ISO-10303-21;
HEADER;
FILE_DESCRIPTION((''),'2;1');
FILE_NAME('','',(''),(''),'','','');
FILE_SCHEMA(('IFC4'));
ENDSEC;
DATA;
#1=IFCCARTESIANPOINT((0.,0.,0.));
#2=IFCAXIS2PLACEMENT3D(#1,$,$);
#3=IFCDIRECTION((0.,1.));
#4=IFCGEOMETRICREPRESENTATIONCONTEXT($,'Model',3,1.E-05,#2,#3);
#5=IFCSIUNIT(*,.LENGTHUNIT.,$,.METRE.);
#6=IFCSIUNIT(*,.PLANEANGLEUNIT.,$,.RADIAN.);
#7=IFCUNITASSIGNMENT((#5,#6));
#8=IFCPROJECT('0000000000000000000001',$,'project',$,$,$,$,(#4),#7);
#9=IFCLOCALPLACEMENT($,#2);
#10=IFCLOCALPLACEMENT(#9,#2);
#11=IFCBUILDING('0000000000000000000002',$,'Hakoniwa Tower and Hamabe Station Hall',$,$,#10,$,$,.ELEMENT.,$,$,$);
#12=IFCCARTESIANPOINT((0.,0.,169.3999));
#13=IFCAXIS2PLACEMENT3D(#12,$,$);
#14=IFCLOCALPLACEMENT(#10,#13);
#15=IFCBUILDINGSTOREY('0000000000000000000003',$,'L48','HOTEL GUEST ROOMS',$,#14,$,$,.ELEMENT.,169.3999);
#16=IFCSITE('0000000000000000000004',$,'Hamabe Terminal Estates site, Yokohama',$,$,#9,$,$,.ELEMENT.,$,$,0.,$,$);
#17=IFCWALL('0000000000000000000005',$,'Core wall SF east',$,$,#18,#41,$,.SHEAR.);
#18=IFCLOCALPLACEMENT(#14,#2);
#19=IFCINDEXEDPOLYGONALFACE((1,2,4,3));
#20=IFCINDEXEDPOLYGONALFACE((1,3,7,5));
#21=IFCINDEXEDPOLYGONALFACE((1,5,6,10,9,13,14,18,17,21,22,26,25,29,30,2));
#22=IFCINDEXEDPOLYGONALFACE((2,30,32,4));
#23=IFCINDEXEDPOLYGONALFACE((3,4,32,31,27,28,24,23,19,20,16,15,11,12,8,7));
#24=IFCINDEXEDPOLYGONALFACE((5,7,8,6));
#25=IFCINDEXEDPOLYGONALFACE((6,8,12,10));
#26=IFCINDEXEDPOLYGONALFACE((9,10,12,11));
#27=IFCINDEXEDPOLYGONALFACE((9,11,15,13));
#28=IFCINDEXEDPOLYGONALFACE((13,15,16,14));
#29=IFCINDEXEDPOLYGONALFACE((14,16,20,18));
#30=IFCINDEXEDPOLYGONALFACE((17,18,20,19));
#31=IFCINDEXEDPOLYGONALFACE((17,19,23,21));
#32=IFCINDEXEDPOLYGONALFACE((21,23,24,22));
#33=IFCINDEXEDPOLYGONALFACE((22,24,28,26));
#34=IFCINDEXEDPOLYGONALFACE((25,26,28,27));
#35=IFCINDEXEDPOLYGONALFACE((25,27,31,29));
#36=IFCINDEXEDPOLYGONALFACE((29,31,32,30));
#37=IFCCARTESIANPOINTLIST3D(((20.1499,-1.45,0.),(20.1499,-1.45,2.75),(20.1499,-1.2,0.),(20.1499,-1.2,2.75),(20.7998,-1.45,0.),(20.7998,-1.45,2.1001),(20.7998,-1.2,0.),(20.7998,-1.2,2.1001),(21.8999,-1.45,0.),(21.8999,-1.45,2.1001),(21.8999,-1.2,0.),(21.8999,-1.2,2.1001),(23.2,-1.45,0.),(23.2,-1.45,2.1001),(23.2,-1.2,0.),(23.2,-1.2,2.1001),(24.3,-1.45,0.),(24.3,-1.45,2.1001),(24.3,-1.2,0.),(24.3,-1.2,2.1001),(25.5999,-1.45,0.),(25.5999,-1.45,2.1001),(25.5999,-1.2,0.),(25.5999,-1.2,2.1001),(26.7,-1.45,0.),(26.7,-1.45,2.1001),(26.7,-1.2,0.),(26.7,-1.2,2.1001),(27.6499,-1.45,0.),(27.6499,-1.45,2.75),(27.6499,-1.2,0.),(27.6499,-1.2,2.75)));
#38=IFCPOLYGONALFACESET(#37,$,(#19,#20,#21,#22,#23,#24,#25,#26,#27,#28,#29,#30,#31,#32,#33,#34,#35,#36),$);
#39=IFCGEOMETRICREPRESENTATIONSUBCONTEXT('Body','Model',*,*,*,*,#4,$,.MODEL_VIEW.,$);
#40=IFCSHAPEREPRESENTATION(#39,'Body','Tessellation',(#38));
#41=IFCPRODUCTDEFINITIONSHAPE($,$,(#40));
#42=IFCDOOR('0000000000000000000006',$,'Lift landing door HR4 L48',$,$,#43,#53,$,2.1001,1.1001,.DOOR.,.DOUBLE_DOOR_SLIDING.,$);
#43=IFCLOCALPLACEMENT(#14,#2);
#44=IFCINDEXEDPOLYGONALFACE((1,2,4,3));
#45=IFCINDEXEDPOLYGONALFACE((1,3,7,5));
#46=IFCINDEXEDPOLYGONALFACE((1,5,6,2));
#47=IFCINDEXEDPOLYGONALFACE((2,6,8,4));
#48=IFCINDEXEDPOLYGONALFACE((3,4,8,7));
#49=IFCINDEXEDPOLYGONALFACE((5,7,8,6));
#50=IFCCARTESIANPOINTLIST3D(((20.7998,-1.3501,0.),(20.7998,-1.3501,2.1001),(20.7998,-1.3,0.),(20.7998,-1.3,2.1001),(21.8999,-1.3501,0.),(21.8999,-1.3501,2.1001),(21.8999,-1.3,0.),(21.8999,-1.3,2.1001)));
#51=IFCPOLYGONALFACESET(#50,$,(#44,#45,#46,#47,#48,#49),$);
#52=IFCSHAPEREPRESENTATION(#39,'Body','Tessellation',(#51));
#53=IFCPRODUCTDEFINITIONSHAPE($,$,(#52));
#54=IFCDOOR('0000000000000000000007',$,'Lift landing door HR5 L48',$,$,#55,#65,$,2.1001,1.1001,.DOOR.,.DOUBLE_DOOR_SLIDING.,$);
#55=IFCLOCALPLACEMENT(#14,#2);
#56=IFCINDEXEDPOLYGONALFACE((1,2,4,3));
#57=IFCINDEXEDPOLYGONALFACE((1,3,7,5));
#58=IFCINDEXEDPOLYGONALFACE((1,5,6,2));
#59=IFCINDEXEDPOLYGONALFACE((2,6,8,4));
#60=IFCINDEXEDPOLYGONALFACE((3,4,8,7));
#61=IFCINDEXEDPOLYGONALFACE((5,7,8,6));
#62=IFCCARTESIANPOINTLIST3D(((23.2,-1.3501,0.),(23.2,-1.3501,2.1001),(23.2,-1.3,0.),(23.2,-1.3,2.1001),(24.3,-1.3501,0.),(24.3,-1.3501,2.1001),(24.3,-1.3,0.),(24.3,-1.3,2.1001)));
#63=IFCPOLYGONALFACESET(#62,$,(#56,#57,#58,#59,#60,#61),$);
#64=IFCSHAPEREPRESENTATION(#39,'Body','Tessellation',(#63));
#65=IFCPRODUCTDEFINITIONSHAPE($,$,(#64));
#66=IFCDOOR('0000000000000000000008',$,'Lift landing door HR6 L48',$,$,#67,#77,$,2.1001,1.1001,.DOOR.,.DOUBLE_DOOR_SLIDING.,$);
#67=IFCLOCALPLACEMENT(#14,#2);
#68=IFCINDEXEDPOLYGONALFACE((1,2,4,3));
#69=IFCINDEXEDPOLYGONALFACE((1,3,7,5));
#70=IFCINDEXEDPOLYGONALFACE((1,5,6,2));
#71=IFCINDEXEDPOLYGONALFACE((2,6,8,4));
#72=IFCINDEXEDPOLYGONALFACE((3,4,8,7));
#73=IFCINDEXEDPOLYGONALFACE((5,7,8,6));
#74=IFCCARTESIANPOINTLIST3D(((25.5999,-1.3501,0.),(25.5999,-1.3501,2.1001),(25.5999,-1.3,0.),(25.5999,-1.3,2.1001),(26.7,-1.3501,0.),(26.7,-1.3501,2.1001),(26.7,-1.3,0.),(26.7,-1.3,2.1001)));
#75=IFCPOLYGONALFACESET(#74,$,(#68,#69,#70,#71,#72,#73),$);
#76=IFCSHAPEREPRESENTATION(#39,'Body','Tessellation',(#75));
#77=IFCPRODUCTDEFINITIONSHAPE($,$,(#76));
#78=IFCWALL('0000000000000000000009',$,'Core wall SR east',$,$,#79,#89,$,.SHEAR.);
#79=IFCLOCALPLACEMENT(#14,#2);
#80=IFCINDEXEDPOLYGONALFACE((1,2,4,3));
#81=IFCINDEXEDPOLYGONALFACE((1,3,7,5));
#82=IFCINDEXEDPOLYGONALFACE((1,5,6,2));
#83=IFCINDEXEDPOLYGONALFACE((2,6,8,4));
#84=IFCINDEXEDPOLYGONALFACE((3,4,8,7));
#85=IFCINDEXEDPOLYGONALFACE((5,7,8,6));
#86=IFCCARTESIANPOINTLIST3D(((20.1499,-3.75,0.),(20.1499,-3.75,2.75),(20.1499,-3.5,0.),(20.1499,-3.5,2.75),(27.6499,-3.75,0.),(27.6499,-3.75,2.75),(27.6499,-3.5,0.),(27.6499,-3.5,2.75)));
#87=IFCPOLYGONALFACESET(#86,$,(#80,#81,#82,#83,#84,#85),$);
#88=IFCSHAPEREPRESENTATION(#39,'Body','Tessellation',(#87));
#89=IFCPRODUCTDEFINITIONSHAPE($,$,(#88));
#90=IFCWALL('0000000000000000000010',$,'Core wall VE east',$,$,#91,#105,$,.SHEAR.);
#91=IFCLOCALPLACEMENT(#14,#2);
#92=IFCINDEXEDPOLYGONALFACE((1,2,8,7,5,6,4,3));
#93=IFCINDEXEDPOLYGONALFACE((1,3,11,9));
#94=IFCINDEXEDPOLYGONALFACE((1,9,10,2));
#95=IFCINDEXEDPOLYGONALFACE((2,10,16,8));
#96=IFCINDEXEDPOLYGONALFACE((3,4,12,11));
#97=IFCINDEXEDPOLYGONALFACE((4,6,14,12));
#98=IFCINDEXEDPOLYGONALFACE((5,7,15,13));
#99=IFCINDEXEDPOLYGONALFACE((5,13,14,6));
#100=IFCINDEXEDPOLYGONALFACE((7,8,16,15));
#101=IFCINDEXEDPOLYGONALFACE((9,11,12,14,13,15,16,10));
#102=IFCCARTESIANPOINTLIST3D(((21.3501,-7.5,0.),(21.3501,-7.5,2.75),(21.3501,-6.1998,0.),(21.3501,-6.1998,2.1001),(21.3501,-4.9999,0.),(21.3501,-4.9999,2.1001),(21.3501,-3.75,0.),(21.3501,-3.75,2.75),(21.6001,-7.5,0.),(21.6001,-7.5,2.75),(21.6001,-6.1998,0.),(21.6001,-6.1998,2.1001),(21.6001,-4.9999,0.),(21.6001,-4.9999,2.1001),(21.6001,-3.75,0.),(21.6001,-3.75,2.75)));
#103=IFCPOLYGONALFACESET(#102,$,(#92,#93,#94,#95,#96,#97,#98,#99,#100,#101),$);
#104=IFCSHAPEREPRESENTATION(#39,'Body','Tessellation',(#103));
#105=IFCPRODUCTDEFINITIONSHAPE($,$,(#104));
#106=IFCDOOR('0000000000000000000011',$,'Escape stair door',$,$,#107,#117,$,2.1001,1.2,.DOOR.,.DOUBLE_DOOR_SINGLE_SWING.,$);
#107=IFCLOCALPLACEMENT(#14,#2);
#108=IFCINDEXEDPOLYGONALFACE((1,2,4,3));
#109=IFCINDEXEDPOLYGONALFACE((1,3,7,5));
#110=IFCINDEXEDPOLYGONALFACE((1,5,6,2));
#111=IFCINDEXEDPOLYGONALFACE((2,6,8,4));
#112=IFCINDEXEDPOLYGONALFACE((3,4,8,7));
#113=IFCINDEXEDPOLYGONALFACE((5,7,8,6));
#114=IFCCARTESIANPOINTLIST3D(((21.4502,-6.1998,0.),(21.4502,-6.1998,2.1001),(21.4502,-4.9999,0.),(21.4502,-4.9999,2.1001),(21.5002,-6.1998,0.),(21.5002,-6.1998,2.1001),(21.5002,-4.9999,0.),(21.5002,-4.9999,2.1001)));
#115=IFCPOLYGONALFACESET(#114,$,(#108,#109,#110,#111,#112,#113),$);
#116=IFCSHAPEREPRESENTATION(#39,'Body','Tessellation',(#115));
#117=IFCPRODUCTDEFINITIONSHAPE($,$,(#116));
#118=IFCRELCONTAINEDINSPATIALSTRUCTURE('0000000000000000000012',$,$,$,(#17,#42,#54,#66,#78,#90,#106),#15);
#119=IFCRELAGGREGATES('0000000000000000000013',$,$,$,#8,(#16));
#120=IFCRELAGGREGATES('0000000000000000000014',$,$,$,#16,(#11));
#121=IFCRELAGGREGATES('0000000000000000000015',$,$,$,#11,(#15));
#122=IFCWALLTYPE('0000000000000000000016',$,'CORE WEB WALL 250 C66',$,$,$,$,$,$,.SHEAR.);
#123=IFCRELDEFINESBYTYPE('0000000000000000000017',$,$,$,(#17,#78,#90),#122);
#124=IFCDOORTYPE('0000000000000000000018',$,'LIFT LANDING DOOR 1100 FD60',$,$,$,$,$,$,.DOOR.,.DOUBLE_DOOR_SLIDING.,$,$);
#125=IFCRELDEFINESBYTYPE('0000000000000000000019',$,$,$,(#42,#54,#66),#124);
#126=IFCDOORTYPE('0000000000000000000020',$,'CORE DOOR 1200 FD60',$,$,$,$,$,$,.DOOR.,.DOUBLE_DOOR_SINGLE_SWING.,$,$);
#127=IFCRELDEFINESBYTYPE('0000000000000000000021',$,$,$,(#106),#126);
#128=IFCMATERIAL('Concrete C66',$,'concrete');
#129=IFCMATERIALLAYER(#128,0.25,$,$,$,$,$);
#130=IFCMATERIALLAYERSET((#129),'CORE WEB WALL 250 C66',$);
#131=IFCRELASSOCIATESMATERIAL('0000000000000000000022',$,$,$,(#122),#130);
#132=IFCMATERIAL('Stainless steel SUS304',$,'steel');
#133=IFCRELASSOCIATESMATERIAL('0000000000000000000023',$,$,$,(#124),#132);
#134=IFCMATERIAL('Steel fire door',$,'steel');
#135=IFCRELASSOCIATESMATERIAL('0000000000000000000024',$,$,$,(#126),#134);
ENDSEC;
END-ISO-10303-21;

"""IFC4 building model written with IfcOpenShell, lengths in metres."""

from ifc_helpers import new_model, si_unit, direction, frame, frame_2d, origin, place, context, subcontext, project, spatial, rectangle, extrude, material, layer, layer_set, type_object, element, fill, save


model = new_model("IFC4")

# Units and contexts
model_context = context("Model", 3, precision=1e-05, world=origin(), true_north=direction((0.0, 1.0)))
body_context = subcontext(model_context, "Body", "Model", "MODEL_VIEW")
ifc_project = project(units=[si_unit("LENGTHUNIT", "METRE"), si_unit("PLANEANGLEUNIT", "RADIAN")], contexts=[model_context])

# Site, building, storey
site_placement = place(None, origin())
site = spatial("IfcSite", under=ifc_project, at=site_placement, Name="Hamabe Terminal Estates site, Yokohama", CompositionType="ELEMENT", RefElevation=0.0)
building_placement = place(site_placement, origin())
building = spatial("IfcBuilding", under=site, at=building_placement, Name="Hakoniwa Tower and Hamabe Station Hall", CompositionType="ELEMENT")
storey_placement = place(building_placement, frame((0.0, 0.0, 169.3999)))
storey = spatial("IfcBuildingStorey", under=building, at=storey_placement, Name="L48", Description="HOTEL GUEST ROOMS", CompositionType="ELEMENT", Elevation=169.3999)

# Shared definitions
ifc_material_1 = material(Name="Concrete C66", Category="concrete")
ifc_layer_1 = layer(ifc_material_1, 0.25)
ifc_layer_set_1 = layer_set([ifc_layer_1], Name="CORE WEB WALL 250 C66")
wall_type_1 = type_object("IfcWallType", Name="CORE WEB WALL 250 C66", PredefinedType="SHEAR", material=ifc_layer_set_1)

# Wall, openings, doors
wall_1_placement = place(storey_placement, frame((20.1499, -1.325, 0.0), z_axis=(0.0, 0.0, 1.0), x_axis=(1.0, 0.0, 0.0)))
wall_1 = element("IfcWall", 1, at=wall_1_placement, inside=storey, type_object=wall_type_1, Name="Core wall SF east", PredefinedType="SHEAR", context=body_context, shape_type="SweptSolid", body=[
    extrude(rectangle(XDim=7.5, YDim=0.25, at=frame_2d((3.75, 0.0))), origin(), (0.0, 0.0, 1.0), 2.75),
])
opening_1_placement = place(wall_1_placement, frame((0.6499, 0.0, 0.0)))
opening_1 = element("IfcOpeningElement", 2, at=opening_1_placement, cuts=wall_1, PredefinedType="OPENING", context=body_context, shape_type="SweptSolid", body=[
    extrude(rectangle(XDim=1.1001, YDim=2.1001, at=frame_2d((0.55, 1.05))), frame((0.0, 0.135, 0.0), z_axis=(0.0, -1.0, 0.0), x_axis=(1.0, 0.0, 0.0)), (0.0, 0.0, 1.0), 0.27),
])
opening_2_placement = place(wall_1_placement, frame((3.05, 0.0, 0.0)))
opening_2 = element("IfcOpeningElement", 3, at=opening_2_placement, cuts=wall_1, PredefinedType="OPENING", context=body_context, shape_type="SweptSolid", body=[
    extrude(rectangle(XDim=1.1001, YDim=2.1001, at=frame_2d((0.55, 1.05))), frame((0.0, 0.135, 0.0), z_axis=(0.0, -1.0, 0.0), x_axis=(1.0, 0.0, 0.0)), (0.0, 0.0, 1.0), 0.27),
])
opening_3_placement = place(wall_1_placement, frame((5.45, 0.0, 0.0)))
opening_3 = element("IfcOpeningElement", 4, at=opening_3_placement, cuts=wall_1, PredefinedType="OPENING", context=body_context, shape_type="SweptSolid", body=[
    extrude(rectangle(XDim=1.1001, YDim=2.1001, at=frame_2d((0.55, 1.05))), frame((0.0, 0.135, 0.0), z_axis=(0.0, -1.0, 0.0), x_axis=(1.0, 0.0, 0.0)), (0.0, 0.0, 1.0), 0.27),
])
ifc_material_2 = material(Name="Stainless steel SUS304", Category="steel")
door_type_1 = type_object("IfcDoorType", Name="LIFT LANDING DOOR 1100 FD60", OperationType="DOUBLE_DOOR_SLIDING", PredefinedType="DOOR", material=ifc_material_2)
door_1_placement = place(opening_1_placement, origin())
door_1 = element("IfcDoor", 5, at=door_1_placement, inside=storey, type_object=door_type_1, Name="Lift landing door HR4 L48", OperationType="DOUBLE_DOOR_SLIDING", OverallHeight=2.1001, OverallWidth=1.1001, PredefinedType="DOOR", context=body_context, shape_type="SweptSolid", body=[
    extrude(rectangle(XDim=1.1001, YDim=2.1001, at=frame_2d((0.55, 1.05))), frame((0.0, 0.0249, 0.0), z_axis=(0.0, -1.0, 0.0), x_axis=(1.0, 0.0, 0.0)), (0.0, 0.0, 1.0), 0.05),
])
fill(opening_1, door_1)
door_2_placement = place(opening_2_placement, origin())
door_2 = element("IfcDoor", 6, at=door_2_placement, inside=storey, type_object=door_type_1, Name="Lift landing door HR5 L48", OperationType="DOUBLE_DOOR_SLIDING", OverallHeight=2.1001, OverallWidth=1.1001, PredefinedType="DOOR", context=body_context, shape_type="SweptSolid", body=[
    extrude(rectangle(XDim=1.1001, YDim=2.1001, at=frame_2d((0.55, 1.05))), frame((0.0, 0.0249, 0.0), z_axis=(0.0, -1.0, 0.0), x_axis=(1.0, 0.0, 0.0)), (0.0, 0.0, 1.0), 0.05),
])
fill(opening_2, door_2)
door_3_placement = place(opening_3_placement, origin())
door_3 = element("IfcDoor", 7, at=door_3_placement, inside=storey, type_object=door_type_1, Name="Lift landing door HR6 L48", OperationType="DOUBLE_DOOR_SLIDING", OverallHeight=2.1001, OverallWidth=1.1001, PredefinedType="DOOR", context=body_context, shape_type="SweptSolid", body=[
    extrude(rectangle(XDim=1.1001, YDim=2.1001, at=frame_2d((0.55, 1.05))), frame((0.0, 0.0249, 0.0), z_axis=(0.0, -1.0, 0.0), x_axis=(1.0, 0.0, 0.0)), (0.0, 0.0, 1.0), 0.05),
])
fill(opening_3, door_3)

# Wall
wall_2_placement = place(storey_placement, frame((20.1499, -3.625, 0.0), z_axis=(0.0, 0.0, 1.0), x_axis=(1.0, 0.0, 0.0)))
element("IfcWall", 8, at=wall_2_placement, inside=storey, type_object=wall_type_1, Name="Core wall SR east", PredefinedType="SHEAR", context=body_context, shape_type="SweptSolid", body=[
    extrude(rectangle(XDim=7.5, YDim=0.25, at=frame_2d((3.75, 0.0))), origin(), (0.0, 0.0, 1.0), 2.75),
])

# Wall, opening, door
wall_3_placement = place(storey_placement, frame((21.4751, -7.5, 0.0), z_axis=(0.0, 0.0, 1.0), x_axis=(0.0, 1.0, 0.0)))
wall_3 = element("IfcWall", 9, at=wall_3_placement, inside=storey, type_object=wall_type_1, Name="Core wall VE east", PredefinedType="SHEAR", context=body_context, shape_type="SweptSolid", body=[
    extrude(rectangle(XDim=3.75, YDim=0.25, at=frame_2d((1.875, 0.0))), origin(), (0.0, 0.0, 1.0), 2.75),
])
opening_4_placement = place(wall_3_placement, frame((1.3, 0.0, 0.0)))
opening_4 = element("IfcOpeningElement", 10, at=opening_4_placement, cuts=wall_3, PredefinedType="OPENING", context=body_context, shape_type="SweptSolid", body=[
    extrude(rectangle(XDim=1.2, YDim=2.1001, at=frame_2d((0.6001, 1.05))), frame((0.0, 0.135, 0.0), z_axis=(0.0, -1.0, 0.0), x_axis=(1.0, 0.0, 0.0)), (0.0, 0.0, 1.0), 0.27),
])
ifc_material_3 = material(Name="Steel fire door", Category="steel")
door_type_2 = type_object("IfcDoorType", Name="CORE DOOR 1200 FD60", OperationType="DOUBLE_DOOR_SINGLE_SWING", PredefinedType="DOOR", material=ifc_material_3)
door_4_placement = place(opening_4_placement, origin())
door_4 = element("IfcDoor", 11, at=door_4_placement, inside=storey, type_object=door_type_2, Name="Escape stair door", OperationType="DOUBLE_DOOR_SINGLE_SWING", OverallHeight=2.1001, OverallWidth=1.2, PredefinedType="DOOR", context=body_context, shape_type="SweptSolid", body=[
    extrude(rectangle(XDim=1.2, YDim=2.1001, at=frame_2d((0.6001, 1.05))), frame((0.0, 0.0249, 0.0), z_axis=(0.0, -1.0, 0.0), x_axis=(1.0, 0.0, 0.0)), (0.0, 0.0, 1.0), 0.05),
])
fill(opening_4, door_4)

save(model, "model.ifc")
